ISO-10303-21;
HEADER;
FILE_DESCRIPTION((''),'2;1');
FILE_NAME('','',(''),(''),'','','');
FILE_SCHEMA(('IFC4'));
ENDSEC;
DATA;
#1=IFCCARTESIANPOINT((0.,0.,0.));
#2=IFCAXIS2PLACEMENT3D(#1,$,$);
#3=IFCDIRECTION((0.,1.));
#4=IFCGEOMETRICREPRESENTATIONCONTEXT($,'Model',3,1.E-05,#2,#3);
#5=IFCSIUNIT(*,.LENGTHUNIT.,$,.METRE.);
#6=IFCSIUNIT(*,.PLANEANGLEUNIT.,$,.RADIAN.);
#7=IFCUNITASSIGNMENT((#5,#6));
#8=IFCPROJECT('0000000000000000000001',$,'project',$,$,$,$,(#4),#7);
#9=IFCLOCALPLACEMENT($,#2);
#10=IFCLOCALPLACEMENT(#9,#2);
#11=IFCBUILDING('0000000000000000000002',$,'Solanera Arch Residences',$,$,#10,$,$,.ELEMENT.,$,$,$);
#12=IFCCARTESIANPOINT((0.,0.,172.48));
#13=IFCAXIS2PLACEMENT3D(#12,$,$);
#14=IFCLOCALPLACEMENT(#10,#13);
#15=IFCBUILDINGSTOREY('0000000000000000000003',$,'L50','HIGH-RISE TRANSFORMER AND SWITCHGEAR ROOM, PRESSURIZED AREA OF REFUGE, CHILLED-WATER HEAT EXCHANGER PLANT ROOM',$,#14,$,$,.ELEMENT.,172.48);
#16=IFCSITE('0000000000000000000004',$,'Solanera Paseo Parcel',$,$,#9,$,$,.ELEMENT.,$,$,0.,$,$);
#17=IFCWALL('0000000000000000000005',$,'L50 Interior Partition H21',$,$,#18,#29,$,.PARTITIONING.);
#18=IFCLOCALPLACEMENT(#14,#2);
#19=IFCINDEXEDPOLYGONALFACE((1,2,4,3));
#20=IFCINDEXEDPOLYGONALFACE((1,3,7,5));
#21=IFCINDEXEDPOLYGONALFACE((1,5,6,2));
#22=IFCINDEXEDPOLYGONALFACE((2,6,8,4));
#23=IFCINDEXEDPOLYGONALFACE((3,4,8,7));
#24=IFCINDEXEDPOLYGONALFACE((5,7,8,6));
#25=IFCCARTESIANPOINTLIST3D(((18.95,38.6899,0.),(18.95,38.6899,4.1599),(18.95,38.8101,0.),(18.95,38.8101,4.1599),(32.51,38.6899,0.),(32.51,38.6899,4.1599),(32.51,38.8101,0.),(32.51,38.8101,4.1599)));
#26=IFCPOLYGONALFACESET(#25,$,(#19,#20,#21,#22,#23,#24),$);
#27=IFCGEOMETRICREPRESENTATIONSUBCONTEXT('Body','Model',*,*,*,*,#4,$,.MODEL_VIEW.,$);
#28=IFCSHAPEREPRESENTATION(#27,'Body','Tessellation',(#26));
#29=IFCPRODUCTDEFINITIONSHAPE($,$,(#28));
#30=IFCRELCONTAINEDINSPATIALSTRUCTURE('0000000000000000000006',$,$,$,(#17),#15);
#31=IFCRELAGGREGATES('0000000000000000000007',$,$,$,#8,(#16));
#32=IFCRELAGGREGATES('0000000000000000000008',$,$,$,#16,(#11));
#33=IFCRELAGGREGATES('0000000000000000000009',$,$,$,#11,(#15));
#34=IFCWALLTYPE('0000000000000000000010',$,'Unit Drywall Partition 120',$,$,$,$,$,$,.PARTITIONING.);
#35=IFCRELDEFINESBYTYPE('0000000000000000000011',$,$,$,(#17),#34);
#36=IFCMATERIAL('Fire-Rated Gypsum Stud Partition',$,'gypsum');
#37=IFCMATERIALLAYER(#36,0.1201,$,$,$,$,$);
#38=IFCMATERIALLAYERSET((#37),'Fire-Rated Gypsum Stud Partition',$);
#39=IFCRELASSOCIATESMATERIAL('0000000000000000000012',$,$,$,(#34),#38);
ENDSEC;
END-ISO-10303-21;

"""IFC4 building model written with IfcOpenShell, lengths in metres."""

from ifc_helpers import new_model, si_unit, direction, frame, frame_2d, origin, place, context, subcontext, project, spatial, rectangle, extrude, material, layer, layer_set, type_object, element, save


model = new_model("IFC4")

# Units and contexts
model_context = context("Model", 3, precision=1e-05, world=origin(), true_north=direction((0.0, 1.0)))
body_context = subcontext(model_context, "Body", "Model", "MODEL_VIEW")
ifc_project = project(units=[si_unit("LENGTHUNIT", "METRE"), si_unit("PLANEANGLEUNIT", "RADIAN")], contexts=[model_context])

# Site, building, storey
site_placement = place(None, origin())
site = spatial("IfcSite", under=ifc_project, at=site_placement, Name="Solanera Paseo Parcel", CompositionType="ELEMENT", RefElevation=0.0)
building_placement = place(site_placement, origin())
building = spatial("IfcBuilding", under=site, at=building_placement, Name="Solanera Arch Residences", CompositionType="ELEMENT")
storey_placement = place(building_placement, frame((0.0, 0.0, 172.48)))
storey = spatial("IfcBuildingStorey", under=building, at=storey_placement, Name="L50", Description="HIGH-RISE TRANSFORMER AND SWITCHGEAR ROOM, PRESSURIZED AREA OF REFUGE, CHILLED-WATER HEAT EXCHANGER PLANT ROOM", CompositionType="ELEMENT", Elevation=172.48)

# Wall
ifc_material_1 = material(Name="Fire-Rated Gypsum Stud Partition", Category="gypsum")
ifc_layer_1 = layer(ifc_material_1, 0.1201)
ifc_layer_set_1 = layer_set([ifc_layer_1], Name="Fire-Rated Gypsum Stud Partition")
wall_type_1 = type_object("IfcWallType", Name="Unit Drywall Partition 120", PredefinedType="PARTITIONING", material=ifc_layer_set_1)
wall_1_placement = place(storey_placement, frame((18.95, 38.75, 0.0), z_axis=(0.0, 0.0, 1.0), x_axis=(1.0, 0.0, 0.0)))
element("IfcWall", 1, at=wall_1_placement, inside=storey, type_object=wall_type_1, Name="L50 Interior Partition H21", PredefinedType="PARTITIONING", context=body_context, shape_type="SweptSolid", body=[
    extrude(rectangle(XDim=13.5601, YDim=0.1201, at=frame_2d((6.78, 0.0))), origin(), (0.0, 0.0, 1.0), 4.1599),
])

save(model, "model.ifc")
